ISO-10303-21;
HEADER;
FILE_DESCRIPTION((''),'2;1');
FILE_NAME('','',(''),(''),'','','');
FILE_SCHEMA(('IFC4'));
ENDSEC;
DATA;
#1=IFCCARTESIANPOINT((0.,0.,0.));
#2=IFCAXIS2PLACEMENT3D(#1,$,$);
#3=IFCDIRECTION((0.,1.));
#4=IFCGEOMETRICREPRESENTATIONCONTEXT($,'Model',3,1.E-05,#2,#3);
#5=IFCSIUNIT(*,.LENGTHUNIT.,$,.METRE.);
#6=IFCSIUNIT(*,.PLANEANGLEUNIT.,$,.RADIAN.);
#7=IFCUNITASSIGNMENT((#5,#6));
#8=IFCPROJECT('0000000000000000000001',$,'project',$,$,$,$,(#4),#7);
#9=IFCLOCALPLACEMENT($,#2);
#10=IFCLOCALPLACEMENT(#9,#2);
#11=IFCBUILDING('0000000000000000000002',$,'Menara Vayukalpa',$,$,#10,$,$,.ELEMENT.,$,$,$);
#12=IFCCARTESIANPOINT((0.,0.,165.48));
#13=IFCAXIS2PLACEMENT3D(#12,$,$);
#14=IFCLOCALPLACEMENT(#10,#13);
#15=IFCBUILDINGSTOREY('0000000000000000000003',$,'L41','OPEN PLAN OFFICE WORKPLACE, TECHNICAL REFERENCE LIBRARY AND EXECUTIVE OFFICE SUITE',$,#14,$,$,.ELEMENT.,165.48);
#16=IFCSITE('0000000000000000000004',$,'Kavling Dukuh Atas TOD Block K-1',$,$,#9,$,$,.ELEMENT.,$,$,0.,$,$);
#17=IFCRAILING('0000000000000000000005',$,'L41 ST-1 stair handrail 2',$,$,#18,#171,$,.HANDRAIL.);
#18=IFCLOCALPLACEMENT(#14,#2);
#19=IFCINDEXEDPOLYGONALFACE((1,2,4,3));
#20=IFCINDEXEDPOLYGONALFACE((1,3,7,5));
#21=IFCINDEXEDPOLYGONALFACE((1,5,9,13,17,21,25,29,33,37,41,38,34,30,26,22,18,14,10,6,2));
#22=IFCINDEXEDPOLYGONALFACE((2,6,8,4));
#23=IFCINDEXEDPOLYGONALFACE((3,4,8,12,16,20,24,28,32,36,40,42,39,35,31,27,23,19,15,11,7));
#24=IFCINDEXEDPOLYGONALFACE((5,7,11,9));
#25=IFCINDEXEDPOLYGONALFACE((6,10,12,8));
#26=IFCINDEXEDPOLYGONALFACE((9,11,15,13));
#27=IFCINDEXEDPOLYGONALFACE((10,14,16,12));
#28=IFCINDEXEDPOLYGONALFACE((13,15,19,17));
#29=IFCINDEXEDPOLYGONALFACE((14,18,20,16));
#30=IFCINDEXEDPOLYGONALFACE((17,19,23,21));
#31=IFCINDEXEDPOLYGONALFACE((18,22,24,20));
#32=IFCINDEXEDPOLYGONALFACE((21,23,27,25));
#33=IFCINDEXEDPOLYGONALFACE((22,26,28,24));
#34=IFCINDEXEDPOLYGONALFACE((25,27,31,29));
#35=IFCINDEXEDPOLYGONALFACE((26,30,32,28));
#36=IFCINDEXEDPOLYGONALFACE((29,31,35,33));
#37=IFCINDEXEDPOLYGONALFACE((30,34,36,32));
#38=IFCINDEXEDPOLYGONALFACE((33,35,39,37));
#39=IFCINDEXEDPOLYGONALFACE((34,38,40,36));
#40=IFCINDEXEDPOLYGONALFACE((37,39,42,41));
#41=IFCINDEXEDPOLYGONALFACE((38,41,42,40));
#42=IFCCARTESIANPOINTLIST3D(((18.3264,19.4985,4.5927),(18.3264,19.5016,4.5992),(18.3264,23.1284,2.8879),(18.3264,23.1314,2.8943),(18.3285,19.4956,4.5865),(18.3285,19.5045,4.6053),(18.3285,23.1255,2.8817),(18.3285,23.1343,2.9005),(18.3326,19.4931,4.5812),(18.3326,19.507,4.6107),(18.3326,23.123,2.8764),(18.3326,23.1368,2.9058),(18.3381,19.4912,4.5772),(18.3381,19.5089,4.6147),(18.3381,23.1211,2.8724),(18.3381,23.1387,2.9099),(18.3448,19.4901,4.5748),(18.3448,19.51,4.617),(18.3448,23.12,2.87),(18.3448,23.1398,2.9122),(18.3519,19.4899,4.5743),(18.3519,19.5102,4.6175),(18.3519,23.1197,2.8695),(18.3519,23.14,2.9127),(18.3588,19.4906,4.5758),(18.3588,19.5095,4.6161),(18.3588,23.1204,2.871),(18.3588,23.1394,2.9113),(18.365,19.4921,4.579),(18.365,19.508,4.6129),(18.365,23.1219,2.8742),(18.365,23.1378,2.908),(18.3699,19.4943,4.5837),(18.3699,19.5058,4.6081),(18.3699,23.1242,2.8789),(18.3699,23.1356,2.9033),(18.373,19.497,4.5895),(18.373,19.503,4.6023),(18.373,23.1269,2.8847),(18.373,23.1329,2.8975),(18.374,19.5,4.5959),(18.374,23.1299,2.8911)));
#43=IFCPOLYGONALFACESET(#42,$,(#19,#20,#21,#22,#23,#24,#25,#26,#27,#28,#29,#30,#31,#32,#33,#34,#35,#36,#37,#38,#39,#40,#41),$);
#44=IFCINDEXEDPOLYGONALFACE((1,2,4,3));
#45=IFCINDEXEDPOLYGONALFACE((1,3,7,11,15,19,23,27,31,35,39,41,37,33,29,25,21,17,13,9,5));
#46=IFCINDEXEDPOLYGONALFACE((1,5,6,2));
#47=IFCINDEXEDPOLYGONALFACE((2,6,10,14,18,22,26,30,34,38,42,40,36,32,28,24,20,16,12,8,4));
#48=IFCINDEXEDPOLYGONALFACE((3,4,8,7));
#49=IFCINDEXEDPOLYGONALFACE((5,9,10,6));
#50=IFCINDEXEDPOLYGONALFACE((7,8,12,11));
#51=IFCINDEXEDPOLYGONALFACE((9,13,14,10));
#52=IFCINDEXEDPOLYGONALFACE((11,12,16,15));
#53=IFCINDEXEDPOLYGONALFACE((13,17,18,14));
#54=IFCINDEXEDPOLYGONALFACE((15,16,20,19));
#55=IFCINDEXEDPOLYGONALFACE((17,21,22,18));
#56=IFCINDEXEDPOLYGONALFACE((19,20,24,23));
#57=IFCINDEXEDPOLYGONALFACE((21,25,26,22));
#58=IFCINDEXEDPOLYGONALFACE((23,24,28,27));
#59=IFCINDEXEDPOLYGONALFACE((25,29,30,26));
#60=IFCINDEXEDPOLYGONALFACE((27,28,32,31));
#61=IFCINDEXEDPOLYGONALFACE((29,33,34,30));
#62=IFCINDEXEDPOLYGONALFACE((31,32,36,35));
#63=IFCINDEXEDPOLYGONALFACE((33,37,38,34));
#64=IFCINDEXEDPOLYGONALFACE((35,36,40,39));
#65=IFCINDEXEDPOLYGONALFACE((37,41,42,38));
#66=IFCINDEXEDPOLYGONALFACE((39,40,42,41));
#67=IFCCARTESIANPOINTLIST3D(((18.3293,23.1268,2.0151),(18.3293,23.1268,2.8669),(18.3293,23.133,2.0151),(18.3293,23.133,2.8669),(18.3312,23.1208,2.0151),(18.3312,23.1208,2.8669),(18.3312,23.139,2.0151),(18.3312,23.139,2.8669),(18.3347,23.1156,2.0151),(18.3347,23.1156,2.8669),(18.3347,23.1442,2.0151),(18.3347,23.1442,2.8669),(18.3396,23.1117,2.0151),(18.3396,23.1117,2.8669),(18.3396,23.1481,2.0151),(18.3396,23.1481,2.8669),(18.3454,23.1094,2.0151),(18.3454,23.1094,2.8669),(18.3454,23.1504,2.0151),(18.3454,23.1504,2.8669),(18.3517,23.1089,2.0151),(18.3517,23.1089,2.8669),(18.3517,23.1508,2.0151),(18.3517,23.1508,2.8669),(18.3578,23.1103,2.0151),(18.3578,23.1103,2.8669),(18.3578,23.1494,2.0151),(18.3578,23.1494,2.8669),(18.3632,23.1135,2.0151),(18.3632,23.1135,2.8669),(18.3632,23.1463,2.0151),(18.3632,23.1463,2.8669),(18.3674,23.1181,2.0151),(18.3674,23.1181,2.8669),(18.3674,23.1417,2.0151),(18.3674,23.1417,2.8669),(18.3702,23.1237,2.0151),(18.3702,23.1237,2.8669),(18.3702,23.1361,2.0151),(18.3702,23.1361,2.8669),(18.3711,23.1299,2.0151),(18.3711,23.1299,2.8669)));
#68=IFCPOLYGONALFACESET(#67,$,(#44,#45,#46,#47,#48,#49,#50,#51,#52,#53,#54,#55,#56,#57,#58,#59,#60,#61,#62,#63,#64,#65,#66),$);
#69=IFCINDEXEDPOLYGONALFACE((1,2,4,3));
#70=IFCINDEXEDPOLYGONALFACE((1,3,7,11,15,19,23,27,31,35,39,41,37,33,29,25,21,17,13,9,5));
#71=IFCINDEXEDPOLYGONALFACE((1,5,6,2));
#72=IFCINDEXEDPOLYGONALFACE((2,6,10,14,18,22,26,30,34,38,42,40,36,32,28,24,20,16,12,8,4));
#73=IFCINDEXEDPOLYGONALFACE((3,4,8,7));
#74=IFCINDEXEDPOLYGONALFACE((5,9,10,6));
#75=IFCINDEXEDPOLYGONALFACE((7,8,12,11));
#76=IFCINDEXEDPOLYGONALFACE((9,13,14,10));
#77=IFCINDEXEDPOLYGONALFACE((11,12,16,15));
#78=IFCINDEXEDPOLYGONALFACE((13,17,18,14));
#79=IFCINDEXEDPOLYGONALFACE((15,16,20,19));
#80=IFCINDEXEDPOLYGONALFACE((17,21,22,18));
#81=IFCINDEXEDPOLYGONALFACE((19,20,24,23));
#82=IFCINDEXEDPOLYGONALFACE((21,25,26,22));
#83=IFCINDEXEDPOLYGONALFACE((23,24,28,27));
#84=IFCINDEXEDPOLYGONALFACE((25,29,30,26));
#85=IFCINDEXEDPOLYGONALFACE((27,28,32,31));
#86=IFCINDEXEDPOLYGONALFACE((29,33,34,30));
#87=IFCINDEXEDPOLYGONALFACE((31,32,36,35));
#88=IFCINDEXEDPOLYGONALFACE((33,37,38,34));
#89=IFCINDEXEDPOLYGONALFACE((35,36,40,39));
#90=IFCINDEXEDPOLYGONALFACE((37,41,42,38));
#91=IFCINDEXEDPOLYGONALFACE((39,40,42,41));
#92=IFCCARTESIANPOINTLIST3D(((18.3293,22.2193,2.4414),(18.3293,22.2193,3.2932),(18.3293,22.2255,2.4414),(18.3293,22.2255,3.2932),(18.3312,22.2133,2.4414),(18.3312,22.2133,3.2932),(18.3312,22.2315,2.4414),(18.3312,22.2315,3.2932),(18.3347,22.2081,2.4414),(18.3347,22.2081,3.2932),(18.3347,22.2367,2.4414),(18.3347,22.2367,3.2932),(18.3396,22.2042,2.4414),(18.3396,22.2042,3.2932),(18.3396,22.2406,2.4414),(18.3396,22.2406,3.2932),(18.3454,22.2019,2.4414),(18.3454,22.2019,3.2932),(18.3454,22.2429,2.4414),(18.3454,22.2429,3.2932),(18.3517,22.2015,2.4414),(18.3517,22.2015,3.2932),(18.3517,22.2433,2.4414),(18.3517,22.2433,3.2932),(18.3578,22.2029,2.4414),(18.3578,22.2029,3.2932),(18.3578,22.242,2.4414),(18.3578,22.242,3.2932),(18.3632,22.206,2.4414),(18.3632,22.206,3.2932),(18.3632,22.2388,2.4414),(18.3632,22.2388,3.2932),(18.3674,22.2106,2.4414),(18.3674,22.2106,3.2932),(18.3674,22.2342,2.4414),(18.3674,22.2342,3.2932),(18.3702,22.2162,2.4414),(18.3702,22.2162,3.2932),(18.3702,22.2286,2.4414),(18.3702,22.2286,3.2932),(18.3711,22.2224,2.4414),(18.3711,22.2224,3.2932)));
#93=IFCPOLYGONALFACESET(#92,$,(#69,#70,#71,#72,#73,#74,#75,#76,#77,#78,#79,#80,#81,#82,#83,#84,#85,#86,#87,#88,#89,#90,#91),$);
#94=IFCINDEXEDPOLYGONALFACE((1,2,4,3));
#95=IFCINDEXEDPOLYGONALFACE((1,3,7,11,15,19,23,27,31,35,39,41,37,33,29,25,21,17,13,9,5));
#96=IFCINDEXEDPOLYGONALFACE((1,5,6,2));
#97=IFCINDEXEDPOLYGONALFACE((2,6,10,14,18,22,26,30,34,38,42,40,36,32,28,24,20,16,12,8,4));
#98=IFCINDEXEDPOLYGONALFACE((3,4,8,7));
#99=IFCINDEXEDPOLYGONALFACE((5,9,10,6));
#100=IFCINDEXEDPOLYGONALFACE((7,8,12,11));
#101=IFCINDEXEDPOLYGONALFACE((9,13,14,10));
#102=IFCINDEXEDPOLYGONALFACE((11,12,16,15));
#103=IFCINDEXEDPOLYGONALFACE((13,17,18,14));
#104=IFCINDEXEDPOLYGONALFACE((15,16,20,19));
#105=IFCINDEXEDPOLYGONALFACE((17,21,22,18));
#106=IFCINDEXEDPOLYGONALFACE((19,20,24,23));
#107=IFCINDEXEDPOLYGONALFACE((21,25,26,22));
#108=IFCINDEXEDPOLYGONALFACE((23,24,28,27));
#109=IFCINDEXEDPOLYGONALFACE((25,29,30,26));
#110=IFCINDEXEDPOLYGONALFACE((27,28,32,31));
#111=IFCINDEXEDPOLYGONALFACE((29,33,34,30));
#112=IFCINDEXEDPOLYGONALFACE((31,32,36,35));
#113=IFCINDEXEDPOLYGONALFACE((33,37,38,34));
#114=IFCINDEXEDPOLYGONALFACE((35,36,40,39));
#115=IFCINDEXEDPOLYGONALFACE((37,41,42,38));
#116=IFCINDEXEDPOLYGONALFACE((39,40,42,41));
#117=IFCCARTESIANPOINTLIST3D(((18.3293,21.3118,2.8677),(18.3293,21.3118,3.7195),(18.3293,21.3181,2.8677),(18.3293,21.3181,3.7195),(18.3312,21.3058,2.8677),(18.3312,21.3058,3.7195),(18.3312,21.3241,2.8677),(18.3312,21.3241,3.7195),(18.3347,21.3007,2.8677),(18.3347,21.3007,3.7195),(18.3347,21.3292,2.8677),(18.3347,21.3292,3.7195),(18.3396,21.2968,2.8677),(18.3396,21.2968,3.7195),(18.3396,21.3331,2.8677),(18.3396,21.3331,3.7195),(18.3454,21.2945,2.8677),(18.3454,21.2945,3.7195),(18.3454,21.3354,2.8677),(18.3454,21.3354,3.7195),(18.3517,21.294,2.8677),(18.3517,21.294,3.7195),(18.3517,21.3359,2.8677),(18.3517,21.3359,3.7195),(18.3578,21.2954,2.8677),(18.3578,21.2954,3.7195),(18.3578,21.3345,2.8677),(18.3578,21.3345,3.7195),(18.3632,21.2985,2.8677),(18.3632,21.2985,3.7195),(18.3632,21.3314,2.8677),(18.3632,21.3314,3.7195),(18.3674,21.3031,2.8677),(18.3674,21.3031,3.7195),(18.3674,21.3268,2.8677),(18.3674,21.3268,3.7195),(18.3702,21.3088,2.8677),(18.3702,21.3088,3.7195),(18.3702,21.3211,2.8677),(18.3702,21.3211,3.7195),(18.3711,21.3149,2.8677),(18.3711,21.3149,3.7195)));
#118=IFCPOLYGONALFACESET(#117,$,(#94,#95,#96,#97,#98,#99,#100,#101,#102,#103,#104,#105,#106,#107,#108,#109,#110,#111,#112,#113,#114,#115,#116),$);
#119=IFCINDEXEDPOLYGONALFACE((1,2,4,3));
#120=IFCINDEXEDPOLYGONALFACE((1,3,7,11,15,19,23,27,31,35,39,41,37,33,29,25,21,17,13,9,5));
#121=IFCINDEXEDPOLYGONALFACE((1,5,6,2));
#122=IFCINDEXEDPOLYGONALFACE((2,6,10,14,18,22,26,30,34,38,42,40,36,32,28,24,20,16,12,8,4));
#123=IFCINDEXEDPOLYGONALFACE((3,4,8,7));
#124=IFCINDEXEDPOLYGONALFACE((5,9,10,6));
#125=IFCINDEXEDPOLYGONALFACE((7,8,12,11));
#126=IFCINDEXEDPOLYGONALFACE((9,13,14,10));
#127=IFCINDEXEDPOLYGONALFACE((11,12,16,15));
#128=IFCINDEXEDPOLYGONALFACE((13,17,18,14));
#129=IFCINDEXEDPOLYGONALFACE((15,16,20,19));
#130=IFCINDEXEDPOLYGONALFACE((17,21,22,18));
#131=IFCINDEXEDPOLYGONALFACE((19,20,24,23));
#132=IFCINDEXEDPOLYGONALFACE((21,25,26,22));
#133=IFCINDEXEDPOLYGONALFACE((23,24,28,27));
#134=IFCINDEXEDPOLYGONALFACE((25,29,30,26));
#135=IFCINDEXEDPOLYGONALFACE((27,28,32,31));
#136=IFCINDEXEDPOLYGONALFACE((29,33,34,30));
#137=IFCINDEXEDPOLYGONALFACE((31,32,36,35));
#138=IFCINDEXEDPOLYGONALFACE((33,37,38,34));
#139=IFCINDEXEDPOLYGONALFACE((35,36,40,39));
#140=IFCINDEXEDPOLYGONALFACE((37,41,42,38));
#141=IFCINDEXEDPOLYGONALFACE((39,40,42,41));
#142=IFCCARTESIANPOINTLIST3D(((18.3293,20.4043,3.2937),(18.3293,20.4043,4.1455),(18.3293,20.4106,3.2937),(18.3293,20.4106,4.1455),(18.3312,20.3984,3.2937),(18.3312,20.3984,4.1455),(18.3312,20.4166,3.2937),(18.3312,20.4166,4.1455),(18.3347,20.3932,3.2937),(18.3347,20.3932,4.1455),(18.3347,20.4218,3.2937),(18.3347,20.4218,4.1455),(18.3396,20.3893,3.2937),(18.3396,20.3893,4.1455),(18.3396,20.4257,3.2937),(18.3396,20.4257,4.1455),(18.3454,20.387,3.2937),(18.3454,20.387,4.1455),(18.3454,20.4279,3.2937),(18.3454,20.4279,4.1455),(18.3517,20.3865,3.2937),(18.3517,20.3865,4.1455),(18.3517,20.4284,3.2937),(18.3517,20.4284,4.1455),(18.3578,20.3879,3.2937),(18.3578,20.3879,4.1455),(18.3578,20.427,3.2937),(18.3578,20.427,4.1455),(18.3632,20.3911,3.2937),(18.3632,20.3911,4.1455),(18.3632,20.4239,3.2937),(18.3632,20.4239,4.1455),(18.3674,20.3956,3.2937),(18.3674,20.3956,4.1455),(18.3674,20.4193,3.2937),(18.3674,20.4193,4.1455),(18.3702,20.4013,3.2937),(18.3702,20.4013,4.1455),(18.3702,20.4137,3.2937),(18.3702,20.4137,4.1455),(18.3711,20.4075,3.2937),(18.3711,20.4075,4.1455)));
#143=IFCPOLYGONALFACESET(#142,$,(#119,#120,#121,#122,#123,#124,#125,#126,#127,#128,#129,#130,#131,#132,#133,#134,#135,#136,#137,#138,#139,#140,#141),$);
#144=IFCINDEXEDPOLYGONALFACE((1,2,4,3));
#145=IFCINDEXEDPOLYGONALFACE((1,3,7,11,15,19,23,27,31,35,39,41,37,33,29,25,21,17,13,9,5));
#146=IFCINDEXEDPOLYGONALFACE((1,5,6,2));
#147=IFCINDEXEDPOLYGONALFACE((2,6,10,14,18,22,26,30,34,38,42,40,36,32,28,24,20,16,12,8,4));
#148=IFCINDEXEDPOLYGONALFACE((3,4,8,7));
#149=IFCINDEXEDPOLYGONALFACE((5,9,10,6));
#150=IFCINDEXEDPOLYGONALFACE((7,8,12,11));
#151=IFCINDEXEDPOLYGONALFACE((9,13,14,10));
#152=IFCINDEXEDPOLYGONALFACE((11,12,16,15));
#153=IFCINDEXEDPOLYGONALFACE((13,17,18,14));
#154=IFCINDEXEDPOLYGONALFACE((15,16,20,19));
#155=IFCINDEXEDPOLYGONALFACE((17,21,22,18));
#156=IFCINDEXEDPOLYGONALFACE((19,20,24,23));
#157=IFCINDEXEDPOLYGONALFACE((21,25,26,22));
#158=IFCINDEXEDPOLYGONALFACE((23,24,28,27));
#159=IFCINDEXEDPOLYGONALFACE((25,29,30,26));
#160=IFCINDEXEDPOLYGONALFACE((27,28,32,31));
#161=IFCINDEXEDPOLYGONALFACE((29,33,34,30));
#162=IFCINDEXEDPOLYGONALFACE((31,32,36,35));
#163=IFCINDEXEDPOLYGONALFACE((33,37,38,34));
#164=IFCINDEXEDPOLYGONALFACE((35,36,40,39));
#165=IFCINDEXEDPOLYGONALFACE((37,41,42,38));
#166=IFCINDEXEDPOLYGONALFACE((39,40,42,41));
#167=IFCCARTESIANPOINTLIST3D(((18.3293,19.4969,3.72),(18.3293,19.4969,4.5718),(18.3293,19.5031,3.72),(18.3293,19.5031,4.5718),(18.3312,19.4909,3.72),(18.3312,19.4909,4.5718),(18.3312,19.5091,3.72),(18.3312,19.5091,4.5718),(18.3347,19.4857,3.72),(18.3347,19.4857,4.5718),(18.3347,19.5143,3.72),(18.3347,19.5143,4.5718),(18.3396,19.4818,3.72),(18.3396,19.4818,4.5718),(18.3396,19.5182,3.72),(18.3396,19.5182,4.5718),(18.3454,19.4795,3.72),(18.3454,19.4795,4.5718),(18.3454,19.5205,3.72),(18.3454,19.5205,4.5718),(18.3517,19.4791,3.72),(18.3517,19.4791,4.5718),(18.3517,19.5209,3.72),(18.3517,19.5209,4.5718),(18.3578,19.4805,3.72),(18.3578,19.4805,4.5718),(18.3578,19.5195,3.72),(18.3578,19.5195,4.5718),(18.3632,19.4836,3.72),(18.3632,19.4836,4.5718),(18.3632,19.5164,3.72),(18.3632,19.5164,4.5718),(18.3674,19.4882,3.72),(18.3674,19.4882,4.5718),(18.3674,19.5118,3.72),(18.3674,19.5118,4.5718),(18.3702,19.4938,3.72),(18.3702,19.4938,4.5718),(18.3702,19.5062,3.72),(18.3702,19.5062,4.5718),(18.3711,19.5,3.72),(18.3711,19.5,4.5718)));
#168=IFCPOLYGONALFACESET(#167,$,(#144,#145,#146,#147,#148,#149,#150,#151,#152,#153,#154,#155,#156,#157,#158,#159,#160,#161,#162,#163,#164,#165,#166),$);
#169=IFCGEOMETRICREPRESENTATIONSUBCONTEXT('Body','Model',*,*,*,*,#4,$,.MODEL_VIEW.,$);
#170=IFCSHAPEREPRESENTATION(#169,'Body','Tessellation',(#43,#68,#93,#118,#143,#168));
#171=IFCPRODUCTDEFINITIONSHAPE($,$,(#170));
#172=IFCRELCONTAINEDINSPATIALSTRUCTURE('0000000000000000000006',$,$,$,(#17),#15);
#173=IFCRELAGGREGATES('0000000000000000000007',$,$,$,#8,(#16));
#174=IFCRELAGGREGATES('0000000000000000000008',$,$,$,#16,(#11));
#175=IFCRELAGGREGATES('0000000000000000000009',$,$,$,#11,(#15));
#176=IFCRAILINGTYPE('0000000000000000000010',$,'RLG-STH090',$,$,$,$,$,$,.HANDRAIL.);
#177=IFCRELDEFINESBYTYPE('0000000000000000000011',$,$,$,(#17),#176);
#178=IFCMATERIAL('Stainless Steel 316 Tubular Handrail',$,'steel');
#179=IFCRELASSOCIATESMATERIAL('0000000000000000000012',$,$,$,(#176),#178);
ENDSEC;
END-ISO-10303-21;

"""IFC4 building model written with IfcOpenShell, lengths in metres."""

from ifc_helpers import new_model, si_unit, direction, frame, origin, origin_2d, place, context, subcontext, project, spatial, circle, extrude, material, type_object, element, save


model = new_model("IFC4")

# Units and contexts
model_context = context("Model", 3, precision=1e-05, world=origin(), true_north=direction((0.0, 1.0)))
body_context = subcontext(model_context, "Body", "Model", "MODEL_VIEW")
ifc_project = project(units=[si_unit("LENGTHUNIT", "METRE"), si_unit("PLANEANGLEUNIT", "RADIAN")], contexts=[model_context])

# Site, building, storey
site_placement = place(None, origin())
site = spatial("IfcSite", under=ifc_project, at=site_placement, Name="Kavling Dukuh Atas TOD Block K-1", CompositionType="ELEMENT", RefElevation=0.0)
building_placement = place(site_placement, origin())
building = spatial("IfcBuilding", under=site, at=building_placement, Name="Menara Vayukalpa", CompositionType="ELEMENT")
storey_placement = place(building_placement, frame((0.0, 0.0, 165.48)))
storey = spatial("IfcBuildingStorey", under=building, at=storey_placement, Name="L41", Description="OPEN PLAN OFFICE WORKPLACE, TECHNICAL REFERENCE LIBRARY AND EXECUTIVE OFFICE SUITE", CompositionType="ELEMENT", Elevation=165.48)

# Railing
ifc_material_1 = material(Name="Stainless Steel 316 Tubular Handrail", Category="steel")
railing_type_1 = type_object("IfcRailingType", Name="RLG-STH090", PredefinedType="HANDRAIL", material=ifc_material_1)
railing_1_placement = place(storey_placement, frame((18.3501, 23.1299, 2.0151)))
element("IfcRailing", 1, at=railing_1_placement, inside=storey, type_object=railing_type_1, Name="L41 ST-1 stair handrail 2", PredefinedType="HANDRAIL", context=body_context, shape_type="SweptSolid", body=[
    extrude(circle(Radius=0.0239, at=origin_2d()), frame((0.0, 0.0, 0.876), z_axis=(0.0, -0.90514, 0.425114), x_axis=(1.0, 0.0, 0.0)), (0.0, 0.0, 1.0), 4.0103),
    extrude(circle(Radius=0.021, at=origin_2d()), origin(), (0.0, 0.0, 1.0), 0.8518),
    extrude(circle(Radius=0.021, at=origin_2d()), frame((0.0, -0.9075, 0.4263)), (0.0, 0.0, 1.0), 0.8518),
    extrude(circle(Radius=0.021, at=origin_2d()), frame((0.0, -1.8149, 0.8525)), (0.0, 0.0, 1.0), 0.8518),
    extrude(circle(Radius=0.021, at=origin_2d()), frame((0.0, -2.7224, 1.2786)), (0.0, 0.0, 1.0), 0.8518),
    extrude(circle(Radius=0.021, at=origin_2d()), frame((0.0, -3.6299, 1.7048)), (0.0, 0.0, 1.0), 0.8518),
])

save(model, "model.ifc")
